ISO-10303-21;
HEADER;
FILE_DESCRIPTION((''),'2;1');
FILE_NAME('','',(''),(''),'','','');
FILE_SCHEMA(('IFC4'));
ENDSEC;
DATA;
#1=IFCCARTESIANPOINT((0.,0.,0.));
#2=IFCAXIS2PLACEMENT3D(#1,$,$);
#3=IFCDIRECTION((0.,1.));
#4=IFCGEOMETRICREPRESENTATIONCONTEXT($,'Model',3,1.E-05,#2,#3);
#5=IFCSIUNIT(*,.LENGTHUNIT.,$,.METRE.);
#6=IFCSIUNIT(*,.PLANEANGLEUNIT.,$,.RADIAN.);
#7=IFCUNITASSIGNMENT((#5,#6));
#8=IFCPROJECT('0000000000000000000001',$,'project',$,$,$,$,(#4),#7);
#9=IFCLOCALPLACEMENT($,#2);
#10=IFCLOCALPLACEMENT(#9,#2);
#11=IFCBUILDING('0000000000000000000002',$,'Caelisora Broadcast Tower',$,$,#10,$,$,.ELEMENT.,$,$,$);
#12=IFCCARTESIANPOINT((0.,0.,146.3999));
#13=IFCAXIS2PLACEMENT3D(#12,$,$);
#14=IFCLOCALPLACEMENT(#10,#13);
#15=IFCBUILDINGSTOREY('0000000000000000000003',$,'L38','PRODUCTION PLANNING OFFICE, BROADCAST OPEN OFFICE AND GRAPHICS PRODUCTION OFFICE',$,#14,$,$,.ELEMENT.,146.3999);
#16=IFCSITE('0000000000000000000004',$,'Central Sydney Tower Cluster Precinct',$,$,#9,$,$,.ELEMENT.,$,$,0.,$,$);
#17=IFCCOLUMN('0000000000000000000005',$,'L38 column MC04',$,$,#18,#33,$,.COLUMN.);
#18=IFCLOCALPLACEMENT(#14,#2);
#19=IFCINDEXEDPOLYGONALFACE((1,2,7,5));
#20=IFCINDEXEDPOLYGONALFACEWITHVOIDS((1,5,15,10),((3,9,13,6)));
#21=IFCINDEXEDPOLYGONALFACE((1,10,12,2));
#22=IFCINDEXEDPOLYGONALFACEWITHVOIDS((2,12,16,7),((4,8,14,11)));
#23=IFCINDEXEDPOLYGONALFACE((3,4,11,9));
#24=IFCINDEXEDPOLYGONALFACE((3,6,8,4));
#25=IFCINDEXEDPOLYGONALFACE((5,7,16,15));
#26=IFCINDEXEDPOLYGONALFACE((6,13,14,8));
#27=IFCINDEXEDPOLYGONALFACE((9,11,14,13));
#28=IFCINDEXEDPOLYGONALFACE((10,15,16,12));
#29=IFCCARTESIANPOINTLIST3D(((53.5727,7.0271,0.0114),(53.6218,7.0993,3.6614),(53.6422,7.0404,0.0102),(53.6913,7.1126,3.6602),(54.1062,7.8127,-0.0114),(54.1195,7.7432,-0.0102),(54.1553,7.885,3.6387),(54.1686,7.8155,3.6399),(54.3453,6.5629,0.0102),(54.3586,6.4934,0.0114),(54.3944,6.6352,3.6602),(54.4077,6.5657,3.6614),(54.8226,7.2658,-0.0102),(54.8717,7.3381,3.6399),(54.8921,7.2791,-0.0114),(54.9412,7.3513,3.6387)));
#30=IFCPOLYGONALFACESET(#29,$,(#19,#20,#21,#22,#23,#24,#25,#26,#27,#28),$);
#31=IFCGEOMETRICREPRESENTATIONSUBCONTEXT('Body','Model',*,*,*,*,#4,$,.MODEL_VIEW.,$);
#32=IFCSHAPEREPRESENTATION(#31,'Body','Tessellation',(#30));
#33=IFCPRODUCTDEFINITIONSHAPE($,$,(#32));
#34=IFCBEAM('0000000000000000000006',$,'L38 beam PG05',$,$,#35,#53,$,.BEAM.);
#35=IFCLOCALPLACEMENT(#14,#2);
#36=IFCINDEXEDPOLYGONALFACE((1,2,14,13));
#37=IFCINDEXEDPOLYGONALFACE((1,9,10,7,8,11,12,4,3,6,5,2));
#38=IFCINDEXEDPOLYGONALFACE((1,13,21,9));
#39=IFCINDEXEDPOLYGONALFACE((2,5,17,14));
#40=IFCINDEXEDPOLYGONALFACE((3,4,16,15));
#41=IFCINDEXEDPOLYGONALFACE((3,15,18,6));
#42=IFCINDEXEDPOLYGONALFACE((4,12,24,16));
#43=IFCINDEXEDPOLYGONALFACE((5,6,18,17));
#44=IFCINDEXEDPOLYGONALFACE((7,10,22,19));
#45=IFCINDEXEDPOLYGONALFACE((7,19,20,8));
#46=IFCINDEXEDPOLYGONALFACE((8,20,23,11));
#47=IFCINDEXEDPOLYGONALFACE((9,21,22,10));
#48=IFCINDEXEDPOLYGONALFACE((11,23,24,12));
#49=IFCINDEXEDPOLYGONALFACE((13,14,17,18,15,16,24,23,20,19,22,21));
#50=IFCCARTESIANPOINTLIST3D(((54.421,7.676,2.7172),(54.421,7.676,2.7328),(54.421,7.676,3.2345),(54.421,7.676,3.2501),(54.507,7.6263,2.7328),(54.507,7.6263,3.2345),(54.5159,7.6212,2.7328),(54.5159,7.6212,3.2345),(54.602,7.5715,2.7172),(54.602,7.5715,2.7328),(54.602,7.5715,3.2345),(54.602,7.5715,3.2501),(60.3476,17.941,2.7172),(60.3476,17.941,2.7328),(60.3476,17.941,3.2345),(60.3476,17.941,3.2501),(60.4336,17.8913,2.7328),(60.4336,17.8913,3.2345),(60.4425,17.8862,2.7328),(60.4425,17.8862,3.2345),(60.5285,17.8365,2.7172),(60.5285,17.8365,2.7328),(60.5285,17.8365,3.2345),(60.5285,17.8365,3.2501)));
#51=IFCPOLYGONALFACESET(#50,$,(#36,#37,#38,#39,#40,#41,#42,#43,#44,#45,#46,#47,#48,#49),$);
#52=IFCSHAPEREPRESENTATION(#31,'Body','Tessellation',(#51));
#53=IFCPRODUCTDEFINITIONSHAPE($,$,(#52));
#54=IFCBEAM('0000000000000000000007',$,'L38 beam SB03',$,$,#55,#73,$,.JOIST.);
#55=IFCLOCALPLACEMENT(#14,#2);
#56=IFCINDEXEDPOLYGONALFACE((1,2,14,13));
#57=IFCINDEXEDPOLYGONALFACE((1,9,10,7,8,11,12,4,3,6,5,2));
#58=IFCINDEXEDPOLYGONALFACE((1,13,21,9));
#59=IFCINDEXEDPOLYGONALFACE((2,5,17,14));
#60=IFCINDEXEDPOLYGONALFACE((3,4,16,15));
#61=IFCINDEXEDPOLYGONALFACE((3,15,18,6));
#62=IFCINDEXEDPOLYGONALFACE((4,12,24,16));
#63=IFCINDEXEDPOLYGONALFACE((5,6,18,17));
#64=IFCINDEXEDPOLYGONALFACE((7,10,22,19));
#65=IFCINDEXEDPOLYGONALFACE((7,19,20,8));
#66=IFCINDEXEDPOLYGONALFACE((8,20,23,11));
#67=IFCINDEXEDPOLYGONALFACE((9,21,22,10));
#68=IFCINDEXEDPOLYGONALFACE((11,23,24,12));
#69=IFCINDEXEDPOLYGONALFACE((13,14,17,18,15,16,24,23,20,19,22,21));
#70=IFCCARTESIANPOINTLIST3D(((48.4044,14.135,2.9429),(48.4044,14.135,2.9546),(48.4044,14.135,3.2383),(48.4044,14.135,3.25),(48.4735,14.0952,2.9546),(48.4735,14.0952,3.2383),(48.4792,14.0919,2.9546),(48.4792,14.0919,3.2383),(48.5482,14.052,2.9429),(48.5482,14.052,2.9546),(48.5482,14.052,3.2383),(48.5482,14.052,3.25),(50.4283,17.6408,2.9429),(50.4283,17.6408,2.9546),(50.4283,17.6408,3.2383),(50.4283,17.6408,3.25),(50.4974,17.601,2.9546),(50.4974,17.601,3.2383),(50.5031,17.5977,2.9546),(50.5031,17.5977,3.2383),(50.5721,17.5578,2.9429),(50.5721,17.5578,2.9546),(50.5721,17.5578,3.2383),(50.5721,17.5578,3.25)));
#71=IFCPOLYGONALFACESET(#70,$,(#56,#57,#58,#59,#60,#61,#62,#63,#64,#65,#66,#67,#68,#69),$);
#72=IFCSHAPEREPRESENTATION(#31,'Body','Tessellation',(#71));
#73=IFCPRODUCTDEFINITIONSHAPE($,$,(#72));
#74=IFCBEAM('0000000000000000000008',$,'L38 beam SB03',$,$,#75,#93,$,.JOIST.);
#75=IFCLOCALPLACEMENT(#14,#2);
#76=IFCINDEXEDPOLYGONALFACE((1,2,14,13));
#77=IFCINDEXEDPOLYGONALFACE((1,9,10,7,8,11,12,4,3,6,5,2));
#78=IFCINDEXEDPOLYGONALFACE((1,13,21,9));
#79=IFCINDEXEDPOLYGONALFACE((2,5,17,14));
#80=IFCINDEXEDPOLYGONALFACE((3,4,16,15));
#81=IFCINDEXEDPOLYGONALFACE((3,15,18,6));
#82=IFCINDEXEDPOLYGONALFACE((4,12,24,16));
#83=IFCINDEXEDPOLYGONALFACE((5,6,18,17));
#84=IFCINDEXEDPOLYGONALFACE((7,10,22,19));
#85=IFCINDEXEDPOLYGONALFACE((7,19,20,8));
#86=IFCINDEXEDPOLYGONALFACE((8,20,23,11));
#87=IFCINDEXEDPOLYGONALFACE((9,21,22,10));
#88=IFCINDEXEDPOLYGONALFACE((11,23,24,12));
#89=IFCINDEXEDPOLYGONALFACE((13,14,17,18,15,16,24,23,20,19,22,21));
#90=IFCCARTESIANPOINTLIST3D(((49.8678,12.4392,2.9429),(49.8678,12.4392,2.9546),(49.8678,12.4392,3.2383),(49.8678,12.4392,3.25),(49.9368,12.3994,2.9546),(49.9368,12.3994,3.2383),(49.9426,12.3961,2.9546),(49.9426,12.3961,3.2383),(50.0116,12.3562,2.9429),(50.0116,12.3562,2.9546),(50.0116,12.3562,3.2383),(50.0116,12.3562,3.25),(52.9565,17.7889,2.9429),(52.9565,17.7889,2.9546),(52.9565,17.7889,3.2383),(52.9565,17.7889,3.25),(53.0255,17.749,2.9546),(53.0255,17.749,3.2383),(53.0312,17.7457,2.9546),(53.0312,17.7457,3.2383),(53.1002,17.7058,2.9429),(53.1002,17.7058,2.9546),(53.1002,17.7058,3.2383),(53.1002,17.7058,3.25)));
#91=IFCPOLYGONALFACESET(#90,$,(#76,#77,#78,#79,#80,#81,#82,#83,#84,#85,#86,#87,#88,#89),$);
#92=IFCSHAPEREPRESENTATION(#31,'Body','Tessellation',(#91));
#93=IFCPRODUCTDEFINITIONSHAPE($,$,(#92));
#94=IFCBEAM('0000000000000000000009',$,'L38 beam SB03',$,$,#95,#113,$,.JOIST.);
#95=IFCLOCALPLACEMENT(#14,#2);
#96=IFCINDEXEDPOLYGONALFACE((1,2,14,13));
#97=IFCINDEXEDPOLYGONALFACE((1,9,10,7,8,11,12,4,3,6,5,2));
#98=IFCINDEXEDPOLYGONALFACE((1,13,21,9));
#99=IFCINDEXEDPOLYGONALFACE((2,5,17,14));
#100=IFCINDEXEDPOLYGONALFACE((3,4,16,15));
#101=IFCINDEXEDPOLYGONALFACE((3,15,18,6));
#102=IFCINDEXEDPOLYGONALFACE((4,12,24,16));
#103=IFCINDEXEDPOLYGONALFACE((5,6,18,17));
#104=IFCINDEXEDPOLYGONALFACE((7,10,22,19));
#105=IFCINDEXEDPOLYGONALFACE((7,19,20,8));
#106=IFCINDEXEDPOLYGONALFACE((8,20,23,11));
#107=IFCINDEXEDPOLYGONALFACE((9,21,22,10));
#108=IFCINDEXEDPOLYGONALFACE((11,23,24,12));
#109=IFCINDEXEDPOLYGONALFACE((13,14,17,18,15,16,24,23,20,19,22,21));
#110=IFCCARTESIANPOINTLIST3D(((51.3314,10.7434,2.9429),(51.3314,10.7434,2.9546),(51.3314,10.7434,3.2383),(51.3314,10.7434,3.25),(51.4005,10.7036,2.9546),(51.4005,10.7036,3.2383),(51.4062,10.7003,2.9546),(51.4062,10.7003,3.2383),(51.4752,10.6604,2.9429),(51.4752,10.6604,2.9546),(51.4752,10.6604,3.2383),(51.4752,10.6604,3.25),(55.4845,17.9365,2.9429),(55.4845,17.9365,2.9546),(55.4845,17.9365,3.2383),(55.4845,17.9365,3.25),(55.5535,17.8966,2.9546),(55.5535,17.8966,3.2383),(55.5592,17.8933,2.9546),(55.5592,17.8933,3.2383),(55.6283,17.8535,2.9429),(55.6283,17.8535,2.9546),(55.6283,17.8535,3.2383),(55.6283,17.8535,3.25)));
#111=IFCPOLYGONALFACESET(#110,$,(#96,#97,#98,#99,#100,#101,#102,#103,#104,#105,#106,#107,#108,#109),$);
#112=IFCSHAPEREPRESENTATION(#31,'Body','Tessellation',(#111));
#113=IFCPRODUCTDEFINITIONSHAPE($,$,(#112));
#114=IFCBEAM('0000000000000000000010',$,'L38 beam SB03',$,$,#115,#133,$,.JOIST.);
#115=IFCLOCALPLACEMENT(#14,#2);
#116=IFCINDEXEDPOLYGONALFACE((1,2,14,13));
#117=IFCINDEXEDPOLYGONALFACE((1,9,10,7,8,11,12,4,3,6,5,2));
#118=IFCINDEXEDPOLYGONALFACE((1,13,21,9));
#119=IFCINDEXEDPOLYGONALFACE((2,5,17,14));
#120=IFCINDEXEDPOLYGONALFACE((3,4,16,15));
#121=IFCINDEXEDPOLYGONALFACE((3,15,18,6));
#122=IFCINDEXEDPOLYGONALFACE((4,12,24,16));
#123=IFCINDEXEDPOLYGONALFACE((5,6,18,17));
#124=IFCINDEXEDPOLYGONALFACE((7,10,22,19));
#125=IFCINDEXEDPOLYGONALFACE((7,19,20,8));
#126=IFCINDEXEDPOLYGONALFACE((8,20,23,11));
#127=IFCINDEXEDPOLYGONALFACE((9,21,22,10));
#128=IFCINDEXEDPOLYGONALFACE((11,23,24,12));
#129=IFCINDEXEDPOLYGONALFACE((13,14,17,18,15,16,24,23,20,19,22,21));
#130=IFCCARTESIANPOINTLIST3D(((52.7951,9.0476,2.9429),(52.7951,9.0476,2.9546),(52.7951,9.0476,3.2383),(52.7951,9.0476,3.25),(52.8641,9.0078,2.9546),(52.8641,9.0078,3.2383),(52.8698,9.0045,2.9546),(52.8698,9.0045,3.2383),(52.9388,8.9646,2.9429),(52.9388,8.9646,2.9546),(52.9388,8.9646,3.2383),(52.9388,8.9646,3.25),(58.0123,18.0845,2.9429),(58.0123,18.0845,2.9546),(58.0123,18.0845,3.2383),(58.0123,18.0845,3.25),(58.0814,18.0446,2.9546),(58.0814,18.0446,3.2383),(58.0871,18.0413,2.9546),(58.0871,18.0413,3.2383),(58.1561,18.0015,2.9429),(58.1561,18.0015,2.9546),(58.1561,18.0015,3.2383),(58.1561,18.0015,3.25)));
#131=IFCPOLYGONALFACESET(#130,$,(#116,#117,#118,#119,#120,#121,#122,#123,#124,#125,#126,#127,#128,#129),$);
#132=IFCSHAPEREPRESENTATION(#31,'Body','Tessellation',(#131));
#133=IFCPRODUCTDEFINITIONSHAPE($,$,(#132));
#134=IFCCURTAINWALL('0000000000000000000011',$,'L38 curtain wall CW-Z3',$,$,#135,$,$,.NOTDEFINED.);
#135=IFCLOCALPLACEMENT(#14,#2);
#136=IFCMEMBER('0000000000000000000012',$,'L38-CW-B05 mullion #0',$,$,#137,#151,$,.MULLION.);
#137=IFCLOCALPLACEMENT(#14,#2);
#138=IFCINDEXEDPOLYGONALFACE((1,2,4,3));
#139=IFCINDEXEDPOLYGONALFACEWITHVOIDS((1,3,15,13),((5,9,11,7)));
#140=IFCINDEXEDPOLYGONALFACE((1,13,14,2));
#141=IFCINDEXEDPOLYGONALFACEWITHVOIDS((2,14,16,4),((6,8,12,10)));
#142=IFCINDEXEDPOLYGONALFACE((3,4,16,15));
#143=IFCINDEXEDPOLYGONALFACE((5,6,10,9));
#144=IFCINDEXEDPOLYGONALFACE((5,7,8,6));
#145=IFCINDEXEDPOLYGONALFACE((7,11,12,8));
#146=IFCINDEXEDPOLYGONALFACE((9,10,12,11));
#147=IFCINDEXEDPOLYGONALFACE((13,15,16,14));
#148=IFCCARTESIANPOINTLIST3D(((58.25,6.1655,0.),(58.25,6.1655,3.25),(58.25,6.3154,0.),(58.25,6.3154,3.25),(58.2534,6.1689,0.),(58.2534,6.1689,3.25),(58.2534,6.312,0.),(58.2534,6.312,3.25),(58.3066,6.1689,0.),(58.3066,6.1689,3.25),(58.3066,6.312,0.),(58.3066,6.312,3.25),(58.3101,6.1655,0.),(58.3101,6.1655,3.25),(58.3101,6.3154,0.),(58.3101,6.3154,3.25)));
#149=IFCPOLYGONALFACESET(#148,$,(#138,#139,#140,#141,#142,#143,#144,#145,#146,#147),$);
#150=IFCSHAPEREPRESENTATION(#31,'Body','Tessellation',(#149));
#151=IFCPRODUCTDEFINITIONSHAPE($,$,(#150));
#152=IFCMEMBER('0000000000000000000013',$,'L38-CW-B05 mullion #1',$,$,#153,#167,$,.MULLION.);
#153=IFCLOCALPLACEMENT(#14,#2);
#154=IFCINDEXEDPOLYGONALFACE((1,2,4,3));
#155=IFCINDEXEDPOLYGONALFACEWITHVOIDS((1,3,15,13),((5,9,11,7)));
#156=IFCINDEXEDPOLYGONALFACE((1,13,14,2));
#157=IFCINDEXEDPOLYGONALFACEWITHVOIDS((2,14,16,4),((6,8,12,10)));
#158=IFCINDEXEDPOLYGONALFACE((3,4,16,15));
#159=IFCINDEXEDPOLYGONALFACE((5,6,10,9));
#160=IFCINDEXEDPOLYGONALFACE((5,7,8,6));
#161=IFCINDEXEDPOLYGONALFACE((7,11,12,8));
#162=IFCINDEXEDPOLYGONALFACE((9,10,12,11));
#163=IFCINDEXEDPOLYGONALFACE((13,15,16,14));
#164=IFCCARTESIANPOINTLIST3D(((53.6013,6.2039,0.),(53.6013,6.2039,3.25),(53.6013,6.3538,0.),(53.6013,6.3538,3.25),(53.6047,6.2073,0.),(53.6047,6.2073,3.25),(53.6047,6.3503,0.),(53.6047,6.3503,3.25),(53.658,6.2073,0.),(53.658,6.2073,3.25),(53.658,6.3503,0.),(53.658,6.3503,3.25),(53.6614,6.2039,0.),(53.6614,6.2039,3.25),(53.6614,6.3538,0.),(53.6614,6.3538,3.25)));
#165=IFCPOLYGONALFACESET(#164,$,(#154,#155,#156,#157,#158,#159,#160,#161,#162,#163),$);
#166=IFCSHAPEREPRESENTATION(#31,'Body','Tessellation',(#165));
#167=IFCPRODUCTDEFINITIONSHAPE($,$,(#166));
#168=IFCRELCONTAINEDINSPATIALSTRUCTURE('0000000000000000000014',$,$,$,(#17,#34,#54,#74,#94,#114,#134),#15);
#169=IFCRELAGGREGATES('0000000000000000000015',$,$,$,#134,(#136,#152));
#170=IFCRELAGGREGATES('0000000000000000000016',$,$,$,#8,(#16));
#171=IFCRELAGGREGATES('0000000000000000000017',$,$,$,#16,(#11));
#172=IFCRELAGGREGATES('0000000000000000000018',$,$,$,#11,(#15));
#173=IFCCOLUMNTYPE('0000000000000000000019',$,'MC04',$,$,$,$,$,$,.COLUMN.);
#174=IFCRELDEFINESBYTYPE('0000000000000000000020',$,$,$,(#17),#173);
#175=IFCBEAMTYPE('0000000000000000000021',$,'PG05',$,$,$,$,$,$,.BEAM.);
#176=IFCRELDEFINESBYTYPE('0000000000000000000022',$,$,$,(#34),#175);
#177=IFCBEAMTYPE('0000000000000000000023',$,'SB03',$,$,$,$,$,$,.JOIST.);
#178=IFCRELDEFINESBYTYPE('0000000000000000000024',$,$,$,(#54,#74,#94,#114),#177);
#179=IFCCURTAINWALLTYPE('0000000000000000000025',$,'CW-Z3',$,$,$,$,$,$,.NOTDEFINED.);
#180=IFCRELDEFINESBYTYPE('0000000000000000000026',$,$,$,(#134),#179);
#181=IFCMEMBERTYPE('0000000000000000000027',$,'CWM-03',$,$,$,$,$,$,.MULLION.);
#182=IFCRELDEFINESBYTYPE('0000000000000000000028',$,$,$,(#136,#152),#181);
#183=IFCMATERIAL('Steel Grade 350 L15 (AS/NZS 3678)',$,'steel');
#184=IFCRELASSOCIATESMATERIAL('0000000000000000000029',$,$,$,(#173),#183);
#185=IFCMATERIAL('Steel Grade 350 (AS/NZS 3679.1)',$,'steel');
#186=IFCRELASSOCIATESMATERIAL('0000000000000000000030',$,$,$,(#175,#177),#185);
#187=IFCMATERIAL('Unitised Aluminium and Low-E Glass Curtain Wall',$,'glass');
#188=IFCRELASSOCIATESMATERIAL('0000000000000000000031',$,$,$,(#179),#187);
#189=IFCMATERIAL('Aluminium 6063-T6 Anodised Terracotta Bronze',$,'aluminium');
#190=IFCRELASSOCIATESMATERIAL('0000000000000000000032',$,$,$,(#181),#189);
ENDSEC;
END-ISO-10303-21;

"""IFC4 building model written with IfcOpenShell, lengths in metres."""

from ifc_helpers import new_model, si_unit, direction, frame, origin, origin_2d, place, context, subcontext, project, spatial, hollow_rectangle, i_section, extrude, source, transform, mapped, material, material_profile, profile_set, type_object, type_shapes, element, aggregate, save


model = new_model("IFC4")

# Units and contexts
model_context = context("Model", 3, precision=1e-05, world=origin(), true_north=direction((0.0, 1.0)))
body_context = subcontext(model_context, "Body", "Model", "MODEL_VIEW")
ifc_project = project(units=[si_unit("LENGTHUNIT", "METRE"), si_unit("PLANEANGLEUNIT", "RADIAN")], contexts=[model_context])

# Site, building, storey
site_placement = place(None, origin())
site = spatial("IfcSite", under=ifc_project, at=site_placement, Name="Central Sydney Tower Cluster Precinct", CompositionType="ELEMENT", RefElevation=0.0)
building_placement = place(site_placement, origin())
building = spatial("IfcBuilding", under=site, at=building_placement, Name="Caelisora Broadcast Tower", CompositionType="ELEMENT")
storey_placement = place(building_placement, frame((0.0, 0.0, 146.3999)))
storey = spatial("IfcBuildingStorey", under=building, at=storey_placement, Name="L38", Description="PRODUCTION PLANNING OFFICE, BROADCAST OPEN OFFICE AND GRAPHICS PRODUCTION OFFICE", CompositionType="ELEMENT", Elevation=146.3999)

# Column
ifc_material_1 = material(Name="Steel Grade 350 L15 (AS/NZS 3678)", Category="steel")
ifc_material_profile_1 = material_profile(ifc_material_1, hollow_rectangle(XDim=0.95, YDim=0.95, WallThickness=0.05, at=origin_2d()), Name="Steel Grade 350 L15 (AS/NZS 3678)")
ifc_profile_set_1 = profile_set([ifc_material_profile_1], Name="Steel Grade 350 L15 (AS/NZS 3678)")
column_type = type_object("IfcColumnType", Name="MC04", PredefinedType="COLUMN", material=ifc_profile_set_1)
shared_shape_1 = source(origin(), body_context, "Body", "SweptSolid", [
    extrude(hollow_rectangle(XDim=0.95, YDim=0.95, WallThickness=0.05, at=origin_2d()), origin(), (0.0, 0.0, 1.0), 3.6511),
])
type_shapes(column_type, [shared_shape_1])
column_placement = place(storey_placement, frame((54.2324, 7.1531, 0.0), z_axis=(0.01344, 0.019792, 0.999714), x_axis=(-0.82729, 0.561775, 0.0)))
element("IfcColumn", 1, at=column_placement, inside=storey, type_object=column_type, Name="L38 column MC04", PredefinedType="COLUMN", context=body_context, shape_type="MappedRepresentation", body=[
    mapped(shared_shape_1, transform((0.0, 0.0, 0.0), scale=1.0)),
])

# Beams
ifc_material_2 = material(Name="Steel Grade 350 (AS/NZS 3679.1)", Category="steel")
ifc_material_profile_2 = material_profile(ifc_material_2, i_section(OverallWidth=0.209, OverallDepth=0.533, WebThickness=0.0103, FlangeThickness=0.0156, at=origin_2d()), Name="Steel Grade 350 (AS/NZS 3679.1)")
ifc_profile_set_2 = profile_set([ifc_material_profile_2], Name="Steel Grade 350 (AS/NZS 3679.1)")
beam_type_1 = type_object("IfcBeamType", Name="PG05", PredefinedType="BEAM", material=ifc_profile_set_2)
shared_shape_2 = source(origin(), body_context, "Body", "SweptSolid", [
    extrude(i_section(OverallWidth=0.209, OverallDepth=0.533, WebThickness=0.0103, FlangeThickness=0.0156, at=origin_2d()), origin(), (0.0, 0.0, 1.0), 11.853),
])
type_shapes(beam_type_1, [shared_shape_2])
beam_1_placement = place(storey_placement, frame((54.5115, 7.6238, 2.9836), z_axis=(0.500005, 0.866023, 0.0), x_axis=(-0.866023, 0.500005, 0.0)))
element("IfcBeam", 2, at=beam_1_placement, inside=storey, type_object=beam_type_1, Name="L38 beam PG05", PredefinedType="BEAM", context=body_context, shape_type="MappedRepresentation", body=[
    mapped(shared_shape_2, transform((0.0, 0.0, 0.0), scale=1.0)),
])
ifc_material_profile_3 = material_profile(ifc_material_2, i_section(OverallWidth=0.166, OverallDepth=0.3071, WebThickness=0.0066, FlangeThickness=0.0117, at=origin_2d()), Name="Steel Grade 350 (AS/NZS 3679.1)")
ifc_profile_set_3 = profile_set([ifc_material_profile_3], Name="Steel Grade 350 (AS/NZS 3679.1)")
beam_type_2 = type_object("IfcBeamType", Name="SB03", PredefinedType="JOIST", material=ifc_profile_set_3)
shared_shape_3 = source(origin(), body_context, "Body", "SweptSolid", [
    extrude(i_section(OverallWidth=0.166, OverallDepth=0.3071, WebThickness=0.0066, FlangeThickness=0.0117, at=origin_2d()), origin(), (0.0, 0.0, 1.0), 4.0481),
])
beam_2_placement = place(storey_placement, frame((48.4763, 14.0935, 3.0964), z_axis=(0.499966, 0.866045, 0.0), x_axis=(-0.866045, 0.499966, 0.0)))
element("IfcBeam", 3, at=beam_2_placement, inside=storey, type_object=beam_type_2, Name="L38 beam SB03", PredefinedType="JOIST", context=body_context, shape_type="MappedRepresentation", body=[
    mapped(shared_shape_3, transform((0.0, 0.0, 0.0), scale=1.0)),
])
shared_shape_4 = source(origin(), body_context, "Body", "SweptSolid", [
    extrude(i_section(OverallWidth=0.166, OverallDepth=0.3071, WebThickness=0.0066, FlangeThickness=0.0117, at=origin_2d()), origin(), (0.0, 0.0, 1.0), 6.1772),
])
beam_3_placement = place(storey_placement, frame((49.9397, 12.3977, 3.0964), z_axis=(0.500003, 0.866024, 0.0), x_axis=(-0.866024, 0.500003, 0.0)))
element("IfcBeam", 4, at=beam_3_placement, inside=storey, type_object=beam_type_2, Name="L38 beam SB03", PredefinedType="JOIST", context=body_context, shape_type="MappedRepresentation", body=[
    mapped(shared_shape_4, transform((0.0, 0.0, 0.0), scale=1.0)),
])
shared_shape_5 = source(origin(), body_context, "Body", "SweptSolid", [
    extrude(i_section(OverallWidth=0.166, OverallDepth=0.3071, WebThickness=0.0066, FlangeThickness=0.0117, at=origin_2d()), origin(), (0.0, 0.0, 1.0), 8.3059),
])
beam_4_placement = place(storey_placement, frame((51.4033, 10.7019, 3.0964), z_axis=(0.500012, 0.866019, 0.0), x_axis=(-0.866019, 0.500012, 0.0)))
element("IfcBeam", 5, at=beam_4_placement, inside=storey, type_object=beam_type_2, Name="L38 beam SB03", PredefinedType="JOIST", context=body_context, shape_type="MappedRepresentation", body=[
    mapped(shared_shape_5, transform((0.0, 0.0, 0.0), scale=1.0)),
])
shared_shape_6 = source(origin(), body_context, "Body", "SweptSolid", [
    extrude(i_section(OverallWidth=0.166, OverallDepth=0.3071, WebThickness=0.0066, FlangeThickness=0.0117, at=origin_2d()), origin(), (0.0, 0.0, 1.0), 10.4348),
])
type_shapes(beam_type_2, [shared_shape_3, shared_shape_4, shared_shape_5, shared_shape_6])
beam_5_placement = place(storey_placement, frame((52.8669, 9.0061, 3.0964), z_axis=(0.499989, 0.866032, 0.0), x_axis=(-0.866032, 0.499989, 0.0)))
element("IfcBeam", 6, at=beam_5_placement, inside=storey, type_object=beam_type_2, Name="L38 beam SB03", PredefinedType="JOIST", context=body_context, shape_type="MappedRepresentation", body=[
    mapped(shared_shape_6, transform((0.0, 0.0, 0.0), scale=1.0)),
])

# Curtain wall, members
ifc_material_3 = material(Name="Unitised Aluminium and Low-E Glass Curtain Wall", Category="glass")
curtain_wall_type = type_object("IfcCurtainWallType", Name="CW-Z3", PredefinedType="NOTDEFINED", material=ifc_material_3)
curtain_wall_placement = place(storey_placement, origin())
curtain_wall = element("IfcCurtainWall", 7, at=curtain_wall_placement, inside=storey, type_object=curtain_wall_type, Name="L38 curtain wall CW-Z3", PredefinedType="NOTDEFINED")
ifc_material_4 = material(Name="Aluminium 6063-T6 Anodised Terracotta Bronze", Category="aluminium")
ifc_material_profile_4 = material_profile(ifc_material_4, hollow_rectangle(XDim=0.0601, YDim=0.1499, WallThickness=0.0034, at=origin_2d()), Name="Aluminium 6063-T6 Anodised Terracotta Bronze")
ifc_profile_set_4 = profile_set([ifc_material_profile_4], Name="Aluminium 6063-T6 Anodised Terracotta Bronze")
member_type_1 = type_object("IfcMemberType", Name="CWM-03", PredefinedType="MULLION", material=ifc_profile_set_4)
shared_shape_7 = source(origin(), body_context, "Body", "SweptSolid", [
    extrude(hollow_rectangle(XDim=0.0601, YDim=0.1499, WallThickness=0.0034, at=origin_2d()), origin(), (0.0, 0.0, 1.0), 3.25),
])
type_shapes(member_type_1, [shared_shape_7])
member_1_placement = place(storey_placement, frame((58.28, 6.2405, 0.0), z_axis=(0.0, 0.0, 1.0), x_axis=(1.0, 0.0, 0.0)))
member_1 = element("IfcMember", 8, at=member_1_placement, type_object=member_type_1, Name="L38-CW-B05 mullion #0", PredefinedType="MULLION", context=body_context, shape_type="MappedRepresentation", body=[
    mapped(shared_shape_7, transform((0.0, 0.0, 0.0), scale=1.0)),
])
member_2_placement = place(storey_placement, frame((53.6313, 6.2788, 0.0), z_axis=(0.0, 0.0, 1.0), x_axis=(1.0, 0.0, 0.0)))
member_2 = element("IfcMember", 9, at=member_2_placement, type_object=member_type_1, Name="L38-CW-B05 mullion #1", PredefinedType="MULLION", context=body_context, shape_type="MappedRepresentation", body=[
    mapped(shared_shape_7, transform((0.0, 0.0, 0.0), scale=1.0)),
])
aggregate(curtain_wall, [member_1, member_2])

save(model, "model.ifc")
